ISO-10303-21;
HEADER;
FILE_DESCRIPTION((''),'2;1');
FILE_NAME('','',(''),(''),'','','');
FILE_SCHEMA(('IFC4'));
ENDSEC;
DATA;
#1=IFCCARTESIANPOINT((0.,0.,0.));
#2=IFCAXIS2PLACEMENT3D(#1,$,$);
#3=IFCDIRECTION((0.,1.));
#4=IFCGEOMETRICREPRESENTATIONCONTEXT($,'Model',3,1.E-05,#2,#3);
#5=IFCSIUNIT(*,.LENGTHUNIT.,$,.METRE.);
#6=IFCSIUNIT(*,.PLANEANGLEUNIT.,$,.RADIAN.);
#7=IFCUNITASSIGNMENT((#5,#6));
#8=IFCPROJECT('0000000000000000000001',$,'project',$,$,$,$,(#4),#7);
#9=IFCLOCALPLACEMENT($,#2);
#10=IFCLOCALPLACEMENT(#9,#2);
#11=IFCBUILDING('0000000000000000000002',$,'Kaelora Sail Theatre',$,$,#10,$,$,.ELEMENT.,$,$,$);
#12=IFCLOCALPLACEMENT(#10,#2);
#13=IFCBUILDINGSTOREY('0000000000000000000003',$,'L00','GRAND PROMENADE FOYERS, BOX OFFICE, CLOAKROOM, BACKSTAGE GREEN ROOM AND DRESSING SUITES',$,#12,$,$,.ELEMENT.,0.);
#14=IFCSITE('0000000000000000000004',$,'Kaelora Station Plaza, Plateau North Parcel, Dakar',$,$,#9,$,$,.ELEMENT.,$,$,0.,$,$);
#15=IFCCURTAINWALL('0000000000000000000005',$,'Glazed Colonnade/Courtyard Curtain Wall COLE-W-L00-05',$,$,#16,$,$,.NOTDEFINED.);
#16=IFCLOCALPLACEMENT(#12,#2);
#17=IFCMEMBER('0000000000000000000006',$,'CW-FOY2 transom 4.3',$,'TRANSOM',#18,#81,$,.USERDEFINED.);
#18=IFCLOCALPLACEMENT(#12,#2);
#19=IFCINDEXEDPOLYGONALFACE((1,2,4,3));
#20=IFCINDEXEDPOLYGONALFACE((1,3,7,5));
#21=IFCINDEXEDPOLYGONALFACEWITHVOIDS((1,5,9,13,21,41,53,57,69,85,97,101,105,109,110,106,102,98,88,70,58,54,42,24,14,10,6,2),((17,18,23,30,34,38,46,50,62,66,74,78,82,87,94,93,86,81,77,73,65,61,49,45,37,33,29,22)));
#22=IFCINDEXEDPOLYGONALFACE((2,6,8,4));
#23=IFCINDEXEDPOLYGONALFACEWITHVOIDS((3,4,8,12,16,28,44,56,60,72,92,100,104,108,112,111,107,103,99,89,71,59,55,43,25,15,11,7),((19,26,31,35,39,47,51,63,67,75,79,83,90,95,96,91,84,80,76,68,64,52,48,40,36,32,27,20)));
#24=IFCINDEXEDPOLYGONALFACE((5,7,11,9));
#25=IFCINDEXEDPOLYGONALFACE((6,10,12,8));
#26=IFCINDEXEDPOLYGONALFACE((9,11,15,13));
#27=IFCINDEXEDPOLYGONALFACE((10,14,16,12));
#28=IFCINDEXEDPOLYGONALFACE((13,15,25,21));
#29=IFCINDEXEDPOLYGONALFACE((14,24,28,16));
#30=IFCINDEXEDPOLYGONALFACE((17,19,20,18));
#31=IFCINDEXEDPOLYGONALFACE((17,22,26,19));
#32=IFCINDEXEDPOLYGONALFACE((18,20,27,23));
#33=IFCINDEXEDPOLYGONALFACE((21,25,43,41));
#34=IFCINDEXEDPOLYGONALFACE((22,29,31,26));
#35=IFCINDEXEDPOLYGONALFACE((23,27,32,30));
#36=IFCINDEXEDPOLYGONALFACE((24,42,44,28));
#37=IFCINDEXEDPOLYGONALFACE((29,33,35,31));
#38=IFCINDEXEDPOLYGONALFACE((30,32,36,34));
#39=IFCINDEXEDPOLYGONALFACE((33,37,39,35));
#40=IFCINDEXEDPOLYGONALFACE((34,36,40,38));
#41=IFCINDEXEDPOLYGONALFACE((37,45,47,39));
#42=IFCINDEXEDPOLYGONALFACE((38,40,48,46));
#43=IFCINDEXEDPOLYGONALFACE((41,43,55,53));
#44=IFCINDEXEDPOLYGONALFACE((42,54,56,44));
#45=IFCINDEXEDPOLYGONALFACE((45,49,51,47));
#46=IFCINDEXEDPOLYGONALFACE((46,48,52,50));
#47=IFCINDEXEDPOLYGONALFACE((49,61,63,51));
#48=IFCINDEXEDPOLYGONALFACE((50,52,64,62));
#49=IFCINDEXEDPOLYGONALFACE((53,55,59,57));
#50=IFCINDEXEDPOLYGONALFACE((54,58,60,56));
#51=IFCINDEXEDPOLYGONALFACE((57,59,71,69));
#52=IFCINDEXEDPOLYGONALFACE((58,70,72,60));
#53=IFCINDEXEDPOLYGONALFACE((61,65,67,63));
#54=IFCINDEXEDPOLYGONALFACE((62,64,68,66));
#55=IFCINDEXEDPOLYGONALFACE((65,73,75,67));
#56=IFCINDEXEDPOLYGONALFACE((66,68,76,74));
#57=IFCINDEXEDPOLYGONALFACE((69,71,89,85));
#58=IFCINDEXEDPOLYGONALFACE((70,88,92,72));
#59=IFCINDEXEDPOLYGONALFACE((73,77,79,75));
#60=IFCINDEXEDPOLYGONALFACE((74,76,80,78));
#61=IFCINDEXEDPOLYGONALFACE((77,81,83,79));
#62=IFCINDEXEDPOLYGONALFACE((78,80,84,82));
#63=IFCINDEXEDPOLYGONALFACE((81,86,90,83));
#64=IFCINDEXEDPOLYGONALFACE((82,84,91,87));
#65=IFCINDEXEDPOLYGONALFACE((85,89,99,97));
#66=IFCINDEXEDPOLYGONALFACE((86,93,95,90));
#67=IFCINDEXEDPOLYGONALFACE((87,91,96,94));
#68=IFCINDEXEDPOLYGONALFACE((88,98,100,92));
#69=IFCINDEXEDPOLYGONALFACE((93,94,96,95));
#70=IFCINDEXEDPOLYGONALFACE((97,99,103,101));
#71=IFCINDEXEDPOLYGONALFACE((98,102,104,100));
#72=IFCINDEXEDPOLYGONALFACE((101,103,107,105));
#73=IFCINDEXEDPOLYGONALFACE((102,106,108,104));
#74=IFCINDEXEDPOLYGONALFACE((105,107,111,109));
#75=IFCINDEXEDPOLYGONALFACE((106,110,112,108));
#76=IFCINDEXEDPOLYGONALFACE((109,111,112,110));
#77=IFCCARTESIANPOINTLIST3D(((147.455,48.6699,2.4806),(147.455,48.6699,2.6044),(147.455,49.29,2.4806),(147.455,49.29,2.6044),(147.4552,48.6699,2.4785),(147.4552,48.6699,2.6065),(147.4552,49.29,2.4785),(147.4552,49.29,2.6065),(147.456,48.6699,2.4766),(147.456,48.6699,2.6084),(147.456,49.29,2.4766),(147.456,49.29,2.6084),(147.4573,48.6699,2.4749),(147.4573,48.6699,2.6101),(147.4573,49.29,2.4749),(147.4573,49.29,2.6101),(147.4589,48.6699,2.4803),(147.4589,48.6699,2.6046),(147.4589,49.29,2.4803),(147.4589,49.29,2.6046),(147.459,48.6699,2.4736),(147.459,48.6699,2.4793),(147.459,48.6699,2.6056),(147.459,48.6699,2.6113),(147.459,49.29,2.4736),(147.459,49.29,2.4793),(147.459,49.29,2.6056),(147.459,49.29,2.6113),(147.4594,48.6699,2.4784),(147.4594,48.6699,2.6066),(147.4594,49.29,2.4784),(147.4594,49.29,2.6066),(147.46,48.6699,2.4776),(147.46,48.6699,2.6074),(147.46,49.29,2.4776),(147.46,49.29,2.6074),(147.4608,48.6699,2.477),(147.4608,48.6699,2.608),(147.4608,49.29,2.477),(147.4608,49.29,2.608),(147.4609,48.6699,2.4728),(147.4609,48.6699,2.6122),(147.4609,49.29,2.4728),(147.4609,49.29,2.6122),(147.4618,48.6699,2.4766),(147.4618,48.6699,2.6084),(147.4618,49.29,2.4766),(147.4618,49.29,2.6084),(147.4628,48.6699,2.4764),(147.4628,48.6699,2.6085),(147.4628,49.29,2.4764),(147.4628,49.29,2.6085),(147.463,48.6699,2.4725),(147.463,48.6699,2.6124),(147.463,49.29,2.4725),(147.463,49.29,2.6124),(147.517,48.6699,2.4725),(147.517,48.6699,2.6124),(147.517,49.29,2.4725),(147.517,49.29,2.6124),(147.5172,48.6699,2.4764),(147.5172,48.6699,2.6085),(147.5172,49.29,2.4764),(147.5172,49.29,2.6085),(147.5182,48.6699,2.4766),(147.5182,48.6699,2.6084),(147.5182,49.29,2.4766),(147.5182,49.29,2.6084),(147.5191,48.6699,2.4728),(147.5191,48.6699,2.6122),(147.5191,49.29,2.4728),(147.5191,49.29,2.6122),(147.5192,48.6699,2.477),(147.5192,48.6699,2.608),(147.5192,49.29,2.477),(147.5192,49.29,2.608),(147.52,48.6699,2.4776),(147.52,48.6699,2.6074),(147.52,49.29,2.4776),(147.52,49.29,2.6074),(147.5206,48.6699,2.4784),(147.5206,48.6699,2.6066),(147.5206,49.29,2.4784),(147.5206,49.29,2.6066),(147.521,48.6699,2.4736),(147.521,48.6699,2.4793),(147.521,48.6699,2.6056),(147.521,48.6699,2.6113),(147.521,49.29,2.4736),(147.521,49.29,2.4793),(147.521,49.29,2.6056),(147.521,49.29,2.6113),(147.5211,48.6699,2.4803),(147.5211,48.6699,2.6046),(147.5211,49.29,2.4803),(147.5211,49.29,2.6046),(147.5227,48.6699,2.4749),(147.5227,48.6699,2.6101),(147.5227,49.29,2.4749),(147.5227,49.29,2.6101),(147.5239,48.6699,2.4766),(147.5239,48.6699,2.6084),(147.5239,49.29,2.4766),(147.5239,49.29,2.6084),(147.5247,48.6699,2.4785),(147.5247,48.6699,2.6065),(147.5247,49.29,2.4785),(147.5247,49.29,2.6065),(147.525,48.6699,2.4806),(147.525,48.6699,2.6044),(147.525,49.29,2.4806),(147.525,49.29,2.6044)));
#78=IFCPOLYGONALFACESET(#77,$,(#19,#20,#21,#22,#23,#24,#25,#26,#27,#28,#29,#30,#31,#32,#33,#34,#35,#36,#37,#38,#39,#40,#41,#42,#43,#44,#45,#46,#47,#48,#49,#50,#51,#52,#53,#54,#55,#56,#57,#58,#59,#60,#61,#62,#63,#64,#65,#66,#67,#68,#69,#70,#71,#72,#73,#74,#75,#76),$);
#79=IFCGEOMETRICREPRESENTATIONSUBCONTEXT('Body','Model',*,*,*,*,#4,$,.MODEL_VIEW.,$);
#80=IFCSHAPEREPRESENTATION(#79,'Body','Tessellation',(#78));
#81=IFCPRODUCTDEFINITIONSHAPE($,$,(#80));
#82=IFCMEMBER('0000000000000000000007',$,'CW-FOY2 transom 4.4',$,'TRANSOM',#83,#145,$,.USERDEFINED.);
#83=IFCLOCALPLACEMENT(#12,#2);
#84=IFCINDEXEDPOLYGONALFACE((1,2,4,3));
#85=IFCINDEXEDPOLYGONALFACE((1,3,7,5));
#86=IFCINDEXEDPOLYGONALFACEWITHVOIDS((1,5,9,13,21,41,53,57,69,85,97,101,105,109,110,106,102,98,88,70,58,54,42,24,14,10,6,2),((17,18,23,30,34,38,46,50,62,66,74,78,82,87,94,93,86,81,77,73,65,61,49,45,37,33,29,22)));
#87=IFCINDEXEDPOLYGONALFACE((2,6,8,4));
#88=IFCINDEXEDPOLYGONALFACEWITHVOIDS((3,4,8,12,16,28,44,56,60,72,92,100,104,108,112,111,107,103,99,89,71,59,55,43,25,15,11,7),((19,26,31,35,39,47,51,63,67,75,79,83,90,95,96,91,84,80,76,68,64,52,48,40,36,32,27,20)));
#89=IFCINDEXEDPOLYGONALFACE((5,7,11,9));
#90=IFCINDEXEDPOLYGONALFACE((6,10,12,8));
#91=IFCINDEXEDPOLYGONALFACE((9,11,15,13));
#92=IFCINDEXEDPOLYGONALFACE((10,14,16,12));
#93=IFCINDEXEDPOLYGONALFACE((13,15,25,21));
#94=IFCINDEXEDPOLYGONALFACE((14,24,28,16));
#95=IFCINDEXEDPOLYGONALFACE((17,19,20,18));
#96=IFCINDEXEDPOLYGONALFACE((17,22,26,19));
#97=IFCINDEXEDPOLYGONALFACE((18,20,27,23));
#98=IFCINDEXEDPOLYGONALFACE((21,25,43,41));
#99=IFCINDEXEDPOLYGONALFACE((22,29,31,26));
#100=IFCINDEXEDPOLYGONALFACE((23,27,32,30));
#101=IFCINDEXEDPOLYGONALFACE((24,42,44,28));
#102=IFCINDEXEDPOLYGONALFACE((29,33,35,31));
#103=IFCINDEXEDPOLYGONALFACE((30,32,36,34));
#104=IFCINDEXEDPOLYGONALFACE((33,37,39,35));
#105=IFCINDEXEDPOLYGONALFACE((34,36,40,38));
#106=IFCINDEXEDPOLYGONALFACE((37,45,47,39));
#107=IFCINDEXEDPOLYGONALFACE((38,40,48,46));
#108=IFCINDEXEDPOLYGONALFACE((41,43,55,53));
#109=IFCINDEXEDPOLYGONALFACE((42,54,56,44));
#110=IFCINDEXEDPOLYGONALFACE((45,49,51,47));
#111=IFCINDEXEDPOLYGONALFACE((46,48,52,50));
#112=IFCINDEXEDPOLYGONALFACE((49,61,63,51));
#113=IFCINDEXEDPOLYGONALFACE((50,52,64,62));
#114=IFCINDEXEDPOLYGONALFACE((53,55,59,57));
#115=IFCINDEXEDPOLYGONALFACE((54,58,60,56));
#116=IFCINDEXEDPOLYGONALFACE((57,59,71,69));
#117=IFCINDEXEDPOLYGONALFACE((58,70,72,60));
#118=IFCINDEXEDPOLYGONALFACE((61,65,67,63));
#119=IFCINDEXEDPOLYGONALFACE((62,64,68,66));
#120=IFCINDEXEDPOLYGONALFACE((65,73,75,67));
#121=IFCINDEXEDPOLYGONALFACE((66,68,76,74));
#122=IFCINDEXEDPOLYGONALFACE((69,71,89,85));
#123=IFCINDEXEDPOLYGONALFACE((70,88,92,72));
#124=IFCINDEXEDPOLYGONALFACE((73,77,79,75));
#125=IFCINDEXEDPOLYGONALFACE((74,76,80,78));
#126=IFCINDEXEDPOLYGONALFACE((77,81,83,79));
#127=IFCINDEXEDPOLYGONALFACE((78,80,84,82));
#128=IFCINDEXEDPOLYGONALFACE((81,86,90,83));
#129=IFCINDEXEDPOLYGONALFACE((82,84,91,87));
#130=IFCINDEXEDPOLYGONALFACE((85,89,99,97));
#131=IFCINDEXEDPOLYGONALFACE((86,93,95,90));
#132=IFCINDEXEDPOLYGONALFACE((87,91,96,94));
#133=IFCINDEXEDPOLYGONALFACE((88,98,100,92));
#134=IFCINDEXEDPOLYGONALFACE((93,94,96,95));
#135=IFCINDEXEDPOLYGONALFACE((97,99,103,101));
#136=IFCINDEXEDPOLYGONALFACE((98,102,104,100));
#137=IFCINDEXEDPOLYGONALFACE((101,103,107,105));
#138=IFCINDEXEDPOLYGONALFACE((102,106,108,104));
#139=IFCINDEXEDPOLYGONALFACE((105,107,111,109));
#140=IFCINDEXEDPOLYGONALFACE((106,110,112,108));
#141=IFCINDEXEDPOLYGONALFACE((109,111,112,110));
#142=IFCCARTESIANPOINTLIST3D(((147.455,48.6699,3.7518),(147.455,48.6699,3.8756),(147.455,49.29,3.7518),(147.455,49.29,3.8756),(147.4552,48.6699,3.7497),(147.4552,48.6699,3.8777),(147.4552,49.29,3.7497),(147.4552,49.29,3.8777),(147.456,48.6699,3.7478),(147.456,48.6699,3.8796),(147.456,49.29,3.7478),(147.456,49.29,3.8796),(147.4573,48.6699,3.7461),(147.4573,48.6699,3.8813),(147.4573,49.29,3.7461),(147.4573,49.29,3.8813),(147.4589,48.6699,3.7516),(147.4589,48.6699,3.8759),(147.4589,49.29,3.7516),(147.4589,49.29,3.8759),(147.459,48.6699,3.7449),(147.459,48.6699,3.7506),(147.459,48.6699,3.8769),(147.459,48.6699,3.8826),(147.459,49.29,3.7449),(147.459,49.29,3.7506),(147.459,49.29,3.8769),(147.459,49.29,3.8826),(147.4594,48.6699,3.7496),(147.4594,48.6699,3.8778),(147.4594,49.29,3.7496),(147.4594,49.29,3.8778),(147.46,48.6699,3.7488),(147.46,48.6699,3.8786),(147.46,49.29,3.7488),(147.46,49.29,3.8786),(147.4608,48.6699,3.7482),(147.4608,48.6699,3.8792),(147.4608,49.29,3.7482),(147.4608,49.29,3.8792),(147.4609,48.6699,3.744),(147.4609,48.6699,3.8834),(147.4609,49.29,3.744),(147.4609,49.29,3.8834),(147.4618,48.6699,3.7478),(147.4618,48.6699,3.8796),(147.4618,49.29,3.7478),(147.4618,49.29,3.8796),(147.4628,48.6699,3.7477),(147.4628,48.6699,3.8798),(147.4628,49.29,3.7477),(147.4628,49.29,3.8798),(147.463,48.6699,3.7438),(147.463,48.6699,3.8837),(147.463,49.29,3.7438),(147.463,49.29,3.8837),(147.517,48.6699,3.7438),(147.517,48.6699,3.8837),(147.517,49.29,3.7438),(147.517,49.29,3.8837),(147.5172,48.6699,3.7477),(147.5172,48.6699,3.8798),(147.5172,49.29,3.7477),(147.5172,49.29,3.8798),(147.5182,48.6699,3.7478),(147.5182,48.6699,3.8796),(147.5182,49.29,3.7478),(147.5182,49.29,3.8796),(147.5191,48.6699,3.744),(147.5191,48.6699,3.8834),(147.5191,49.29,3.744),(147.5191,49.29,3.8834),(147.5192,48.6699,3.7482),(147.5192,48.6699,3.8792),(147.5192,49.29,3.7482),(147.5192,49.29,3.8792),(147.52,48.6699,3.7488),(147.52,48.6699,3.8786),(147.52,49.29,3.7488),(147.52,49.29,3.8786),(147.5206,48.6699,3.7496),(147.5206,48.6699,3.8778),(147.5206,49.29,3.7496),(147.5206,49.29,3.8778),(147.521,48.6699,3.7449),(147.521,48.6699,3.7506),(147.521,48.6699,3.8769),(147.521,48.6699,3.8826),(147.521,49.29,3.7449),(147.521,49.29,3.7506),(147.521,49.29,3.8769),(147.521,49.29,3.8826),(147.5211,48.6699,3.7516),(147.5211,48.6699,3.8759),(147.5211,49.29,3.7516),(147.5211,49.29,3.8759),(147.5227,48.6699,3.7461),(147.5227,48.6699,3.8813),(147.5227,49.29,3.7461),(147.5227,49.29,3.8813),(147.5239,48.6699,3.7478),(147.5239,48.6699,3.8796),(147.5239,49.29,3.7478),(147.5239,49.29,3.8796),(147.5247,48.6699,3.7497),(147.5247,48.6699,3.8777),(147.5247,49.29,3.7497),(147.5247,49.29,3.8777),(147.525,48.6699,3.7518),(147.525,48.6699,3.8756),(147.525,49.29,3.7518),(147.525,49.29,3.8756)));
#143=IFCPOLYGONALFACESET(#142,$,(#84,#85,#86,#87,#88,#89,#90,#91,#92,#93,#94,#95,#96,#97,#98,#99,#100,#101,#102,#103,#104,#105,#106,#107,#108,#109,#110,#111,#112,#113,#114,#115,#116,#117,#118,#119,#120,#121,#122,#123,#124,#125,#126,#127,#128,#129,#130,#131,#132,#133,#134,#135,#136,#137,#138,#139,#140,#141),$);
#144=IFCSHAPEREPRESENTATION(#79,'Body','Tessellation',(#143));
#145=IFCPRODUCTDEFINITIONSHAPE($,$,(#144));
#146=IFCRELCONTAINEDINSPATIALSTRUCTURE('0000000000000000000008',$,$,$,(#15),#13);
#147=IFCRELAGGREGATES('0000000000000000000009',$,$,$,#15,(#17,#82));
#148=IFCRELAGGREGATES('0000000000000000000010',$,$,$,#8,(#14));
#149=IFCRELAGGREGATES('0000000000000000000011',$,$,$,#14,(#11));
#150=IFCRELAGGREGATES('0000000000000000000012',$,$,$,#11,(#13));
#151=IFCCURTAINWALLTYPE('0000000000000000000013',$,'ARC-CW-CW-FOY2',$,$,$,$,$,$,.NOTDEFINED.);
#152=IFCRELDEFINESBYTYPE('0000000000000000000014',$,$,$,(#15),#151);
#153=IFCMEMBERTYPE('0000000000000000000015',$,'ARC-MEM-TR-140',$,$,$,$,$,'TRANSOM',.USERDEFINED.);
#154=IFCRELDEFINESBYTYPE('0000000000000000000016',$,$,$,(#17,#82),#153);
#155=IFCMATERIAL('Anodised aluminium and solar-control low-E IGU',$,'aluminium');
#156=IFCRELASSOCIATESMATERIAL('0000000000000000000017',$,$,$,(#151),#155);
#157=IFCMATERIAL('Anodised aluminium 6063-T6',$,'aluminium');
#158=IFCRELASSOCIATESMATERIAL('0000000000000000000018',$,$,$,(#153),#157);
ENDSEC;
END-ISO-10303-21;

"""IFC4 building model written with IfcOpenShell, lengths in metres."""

from ifc_helpers import new_model, si_unit, direction, frame, origin, origin_2d, place, context, subcontext, project, spatial, hollow_rectangle, extrude, material, material_profile, profile_set, type_object, element, aggregate, save


model = new_model("IFC4")

# Units and contexts
model_context = context("Model", 3, precision=1e-05, world=origin(), true_north=direction((0.0, 1.0)))
body_context = subcontext(model_context, "Body", "Model", "MODEL_VIEW")
ifc_project = project(units=[si_unit("LENGTHUNIT", "METRE"), si_unit("PLANEANGLEUNIT", "RADIAN")], contexts=[model_context])

# Site, building, storey
site_placement = place(None, origin())
site = spatial("IfcSite", under=ifc_project, at=site_placement, Name="Kaelora Station Plaza, Plateau North Parcel, Dakar", CompositionType="ELEMENT", RefElevation=0.0)
building_placement = place(site_placement, origin())
building = spatial("IfcBuilding", under=site, at=building_placement, Name="Kaelora Sail Theatre", CompositionType="ELEMENT")
storey_placement = place(building_placement, origin())
storey = spatial("IfcBuildingStorey", under=building, at=storey_placement, Name="L00", Description="GRAND PROMENADE FOYERS, BOX OFFICE, CLOAKROOM, BACKSTAGE GREEN ROOM AND DRESSING SUITES", CompositionType="ELEMENT", Elevation=0.0)

# Curtain wall, members
ifc_material_1 = material(Name="Anodised aluminium and solar-control low-E IGU", Category="aluminium")
curtain_wall_type = type_object("IfcCurtainWallType", Name="ARC-CW-CW-FOY2", PredefinedType="NOTDEFINED", material=ifc_material_1)
curtain_wall_1_placement = place(storey_placement, origin())
curtain_wall_1 = element("IfcCurtainWall", 1, at=curtain_wall_1_placement, inside=storey, type_object=curtain_wall_type, Name="Glazed Colonnade/Courtyard Curtain Wall COLE-W-L00-05", PredefinedType="NOTDEFINED")
ifc_material_2 = material(Name="Anodised aluminium 6063-T6", Category="aluminium")
ifc_material_profile = material_profile(ifc_material_2, hollow_rectangle(XDim=0.0701, YDim=0.1399, WallThickness=0.0039, InnerFilletRadius=0.0039, OuterFilletRadius=0.0081, at=origin_2d()), Name="ALU-TRAN 70x140x4")
ifc_profile_set = profile_set([ifc_material_profile], Name="Anodised aluminium 6063-T6")
member_type = type_object("IfcMemberType", Name="ARC-MEM-TR-140", ElementType="TRANSOM", PredefinedType="USERDEFINED", material=ifc_profile_set)
member_1_placement = place(storey_placement, frame((147.49, 48.6699, 2.5425), z_axis=(0.0, 1.0, 0.0), x_axis=(-1.0, 0.0, 0.0)))
member_1 = element("IfcMember", 2, at=member_1_placement, type_object=member_type, Name="CW-FOY2 transom 4.3", ObjectType="TRANSOM", PredefinedType="USERDEFINED", context=body_context, shape_type="SweptSolid", body=[
    extrude(hollow_rectangle(XDim=0.0701, YDim=0.1399, WallThickness=0.0039, InnerFilletRadius=0.0039, OuterFilletRadius=0.0081, at=origin_2d()), origin(), (0.0, 0.0, 1.0), 0.6201),
])
member_2_placement = place(storey_placement, frame((147.49, 48.6699, 3.8137), z_axis=(0.0, 1.0, 0.0), x_axis=(-1.0, 0.0, 0.0)))
member_2 = element("IfcMember", 3, at=member_2_placement, type_object=member_type, Name="CW-FOY2 transom 4.4", ObjectType="TRANSOM", PredefinedType="USERDEFINED", context=body_context, shape_type="SweptSolid", body=[
    extrude(hollow_rectangle(XDim=0.0701, YDim=0.1399, WallThickness=0.0039, InnerFilletRadius=0.0039, OuterFilletRadius=0.0081, at=origin_2d()), origin(), (0.0, 0.0, 1.0), 0.6201),
])

aggregate(curtain_wall_1, [member_1, member_2])

save(model, "model.ifc")
